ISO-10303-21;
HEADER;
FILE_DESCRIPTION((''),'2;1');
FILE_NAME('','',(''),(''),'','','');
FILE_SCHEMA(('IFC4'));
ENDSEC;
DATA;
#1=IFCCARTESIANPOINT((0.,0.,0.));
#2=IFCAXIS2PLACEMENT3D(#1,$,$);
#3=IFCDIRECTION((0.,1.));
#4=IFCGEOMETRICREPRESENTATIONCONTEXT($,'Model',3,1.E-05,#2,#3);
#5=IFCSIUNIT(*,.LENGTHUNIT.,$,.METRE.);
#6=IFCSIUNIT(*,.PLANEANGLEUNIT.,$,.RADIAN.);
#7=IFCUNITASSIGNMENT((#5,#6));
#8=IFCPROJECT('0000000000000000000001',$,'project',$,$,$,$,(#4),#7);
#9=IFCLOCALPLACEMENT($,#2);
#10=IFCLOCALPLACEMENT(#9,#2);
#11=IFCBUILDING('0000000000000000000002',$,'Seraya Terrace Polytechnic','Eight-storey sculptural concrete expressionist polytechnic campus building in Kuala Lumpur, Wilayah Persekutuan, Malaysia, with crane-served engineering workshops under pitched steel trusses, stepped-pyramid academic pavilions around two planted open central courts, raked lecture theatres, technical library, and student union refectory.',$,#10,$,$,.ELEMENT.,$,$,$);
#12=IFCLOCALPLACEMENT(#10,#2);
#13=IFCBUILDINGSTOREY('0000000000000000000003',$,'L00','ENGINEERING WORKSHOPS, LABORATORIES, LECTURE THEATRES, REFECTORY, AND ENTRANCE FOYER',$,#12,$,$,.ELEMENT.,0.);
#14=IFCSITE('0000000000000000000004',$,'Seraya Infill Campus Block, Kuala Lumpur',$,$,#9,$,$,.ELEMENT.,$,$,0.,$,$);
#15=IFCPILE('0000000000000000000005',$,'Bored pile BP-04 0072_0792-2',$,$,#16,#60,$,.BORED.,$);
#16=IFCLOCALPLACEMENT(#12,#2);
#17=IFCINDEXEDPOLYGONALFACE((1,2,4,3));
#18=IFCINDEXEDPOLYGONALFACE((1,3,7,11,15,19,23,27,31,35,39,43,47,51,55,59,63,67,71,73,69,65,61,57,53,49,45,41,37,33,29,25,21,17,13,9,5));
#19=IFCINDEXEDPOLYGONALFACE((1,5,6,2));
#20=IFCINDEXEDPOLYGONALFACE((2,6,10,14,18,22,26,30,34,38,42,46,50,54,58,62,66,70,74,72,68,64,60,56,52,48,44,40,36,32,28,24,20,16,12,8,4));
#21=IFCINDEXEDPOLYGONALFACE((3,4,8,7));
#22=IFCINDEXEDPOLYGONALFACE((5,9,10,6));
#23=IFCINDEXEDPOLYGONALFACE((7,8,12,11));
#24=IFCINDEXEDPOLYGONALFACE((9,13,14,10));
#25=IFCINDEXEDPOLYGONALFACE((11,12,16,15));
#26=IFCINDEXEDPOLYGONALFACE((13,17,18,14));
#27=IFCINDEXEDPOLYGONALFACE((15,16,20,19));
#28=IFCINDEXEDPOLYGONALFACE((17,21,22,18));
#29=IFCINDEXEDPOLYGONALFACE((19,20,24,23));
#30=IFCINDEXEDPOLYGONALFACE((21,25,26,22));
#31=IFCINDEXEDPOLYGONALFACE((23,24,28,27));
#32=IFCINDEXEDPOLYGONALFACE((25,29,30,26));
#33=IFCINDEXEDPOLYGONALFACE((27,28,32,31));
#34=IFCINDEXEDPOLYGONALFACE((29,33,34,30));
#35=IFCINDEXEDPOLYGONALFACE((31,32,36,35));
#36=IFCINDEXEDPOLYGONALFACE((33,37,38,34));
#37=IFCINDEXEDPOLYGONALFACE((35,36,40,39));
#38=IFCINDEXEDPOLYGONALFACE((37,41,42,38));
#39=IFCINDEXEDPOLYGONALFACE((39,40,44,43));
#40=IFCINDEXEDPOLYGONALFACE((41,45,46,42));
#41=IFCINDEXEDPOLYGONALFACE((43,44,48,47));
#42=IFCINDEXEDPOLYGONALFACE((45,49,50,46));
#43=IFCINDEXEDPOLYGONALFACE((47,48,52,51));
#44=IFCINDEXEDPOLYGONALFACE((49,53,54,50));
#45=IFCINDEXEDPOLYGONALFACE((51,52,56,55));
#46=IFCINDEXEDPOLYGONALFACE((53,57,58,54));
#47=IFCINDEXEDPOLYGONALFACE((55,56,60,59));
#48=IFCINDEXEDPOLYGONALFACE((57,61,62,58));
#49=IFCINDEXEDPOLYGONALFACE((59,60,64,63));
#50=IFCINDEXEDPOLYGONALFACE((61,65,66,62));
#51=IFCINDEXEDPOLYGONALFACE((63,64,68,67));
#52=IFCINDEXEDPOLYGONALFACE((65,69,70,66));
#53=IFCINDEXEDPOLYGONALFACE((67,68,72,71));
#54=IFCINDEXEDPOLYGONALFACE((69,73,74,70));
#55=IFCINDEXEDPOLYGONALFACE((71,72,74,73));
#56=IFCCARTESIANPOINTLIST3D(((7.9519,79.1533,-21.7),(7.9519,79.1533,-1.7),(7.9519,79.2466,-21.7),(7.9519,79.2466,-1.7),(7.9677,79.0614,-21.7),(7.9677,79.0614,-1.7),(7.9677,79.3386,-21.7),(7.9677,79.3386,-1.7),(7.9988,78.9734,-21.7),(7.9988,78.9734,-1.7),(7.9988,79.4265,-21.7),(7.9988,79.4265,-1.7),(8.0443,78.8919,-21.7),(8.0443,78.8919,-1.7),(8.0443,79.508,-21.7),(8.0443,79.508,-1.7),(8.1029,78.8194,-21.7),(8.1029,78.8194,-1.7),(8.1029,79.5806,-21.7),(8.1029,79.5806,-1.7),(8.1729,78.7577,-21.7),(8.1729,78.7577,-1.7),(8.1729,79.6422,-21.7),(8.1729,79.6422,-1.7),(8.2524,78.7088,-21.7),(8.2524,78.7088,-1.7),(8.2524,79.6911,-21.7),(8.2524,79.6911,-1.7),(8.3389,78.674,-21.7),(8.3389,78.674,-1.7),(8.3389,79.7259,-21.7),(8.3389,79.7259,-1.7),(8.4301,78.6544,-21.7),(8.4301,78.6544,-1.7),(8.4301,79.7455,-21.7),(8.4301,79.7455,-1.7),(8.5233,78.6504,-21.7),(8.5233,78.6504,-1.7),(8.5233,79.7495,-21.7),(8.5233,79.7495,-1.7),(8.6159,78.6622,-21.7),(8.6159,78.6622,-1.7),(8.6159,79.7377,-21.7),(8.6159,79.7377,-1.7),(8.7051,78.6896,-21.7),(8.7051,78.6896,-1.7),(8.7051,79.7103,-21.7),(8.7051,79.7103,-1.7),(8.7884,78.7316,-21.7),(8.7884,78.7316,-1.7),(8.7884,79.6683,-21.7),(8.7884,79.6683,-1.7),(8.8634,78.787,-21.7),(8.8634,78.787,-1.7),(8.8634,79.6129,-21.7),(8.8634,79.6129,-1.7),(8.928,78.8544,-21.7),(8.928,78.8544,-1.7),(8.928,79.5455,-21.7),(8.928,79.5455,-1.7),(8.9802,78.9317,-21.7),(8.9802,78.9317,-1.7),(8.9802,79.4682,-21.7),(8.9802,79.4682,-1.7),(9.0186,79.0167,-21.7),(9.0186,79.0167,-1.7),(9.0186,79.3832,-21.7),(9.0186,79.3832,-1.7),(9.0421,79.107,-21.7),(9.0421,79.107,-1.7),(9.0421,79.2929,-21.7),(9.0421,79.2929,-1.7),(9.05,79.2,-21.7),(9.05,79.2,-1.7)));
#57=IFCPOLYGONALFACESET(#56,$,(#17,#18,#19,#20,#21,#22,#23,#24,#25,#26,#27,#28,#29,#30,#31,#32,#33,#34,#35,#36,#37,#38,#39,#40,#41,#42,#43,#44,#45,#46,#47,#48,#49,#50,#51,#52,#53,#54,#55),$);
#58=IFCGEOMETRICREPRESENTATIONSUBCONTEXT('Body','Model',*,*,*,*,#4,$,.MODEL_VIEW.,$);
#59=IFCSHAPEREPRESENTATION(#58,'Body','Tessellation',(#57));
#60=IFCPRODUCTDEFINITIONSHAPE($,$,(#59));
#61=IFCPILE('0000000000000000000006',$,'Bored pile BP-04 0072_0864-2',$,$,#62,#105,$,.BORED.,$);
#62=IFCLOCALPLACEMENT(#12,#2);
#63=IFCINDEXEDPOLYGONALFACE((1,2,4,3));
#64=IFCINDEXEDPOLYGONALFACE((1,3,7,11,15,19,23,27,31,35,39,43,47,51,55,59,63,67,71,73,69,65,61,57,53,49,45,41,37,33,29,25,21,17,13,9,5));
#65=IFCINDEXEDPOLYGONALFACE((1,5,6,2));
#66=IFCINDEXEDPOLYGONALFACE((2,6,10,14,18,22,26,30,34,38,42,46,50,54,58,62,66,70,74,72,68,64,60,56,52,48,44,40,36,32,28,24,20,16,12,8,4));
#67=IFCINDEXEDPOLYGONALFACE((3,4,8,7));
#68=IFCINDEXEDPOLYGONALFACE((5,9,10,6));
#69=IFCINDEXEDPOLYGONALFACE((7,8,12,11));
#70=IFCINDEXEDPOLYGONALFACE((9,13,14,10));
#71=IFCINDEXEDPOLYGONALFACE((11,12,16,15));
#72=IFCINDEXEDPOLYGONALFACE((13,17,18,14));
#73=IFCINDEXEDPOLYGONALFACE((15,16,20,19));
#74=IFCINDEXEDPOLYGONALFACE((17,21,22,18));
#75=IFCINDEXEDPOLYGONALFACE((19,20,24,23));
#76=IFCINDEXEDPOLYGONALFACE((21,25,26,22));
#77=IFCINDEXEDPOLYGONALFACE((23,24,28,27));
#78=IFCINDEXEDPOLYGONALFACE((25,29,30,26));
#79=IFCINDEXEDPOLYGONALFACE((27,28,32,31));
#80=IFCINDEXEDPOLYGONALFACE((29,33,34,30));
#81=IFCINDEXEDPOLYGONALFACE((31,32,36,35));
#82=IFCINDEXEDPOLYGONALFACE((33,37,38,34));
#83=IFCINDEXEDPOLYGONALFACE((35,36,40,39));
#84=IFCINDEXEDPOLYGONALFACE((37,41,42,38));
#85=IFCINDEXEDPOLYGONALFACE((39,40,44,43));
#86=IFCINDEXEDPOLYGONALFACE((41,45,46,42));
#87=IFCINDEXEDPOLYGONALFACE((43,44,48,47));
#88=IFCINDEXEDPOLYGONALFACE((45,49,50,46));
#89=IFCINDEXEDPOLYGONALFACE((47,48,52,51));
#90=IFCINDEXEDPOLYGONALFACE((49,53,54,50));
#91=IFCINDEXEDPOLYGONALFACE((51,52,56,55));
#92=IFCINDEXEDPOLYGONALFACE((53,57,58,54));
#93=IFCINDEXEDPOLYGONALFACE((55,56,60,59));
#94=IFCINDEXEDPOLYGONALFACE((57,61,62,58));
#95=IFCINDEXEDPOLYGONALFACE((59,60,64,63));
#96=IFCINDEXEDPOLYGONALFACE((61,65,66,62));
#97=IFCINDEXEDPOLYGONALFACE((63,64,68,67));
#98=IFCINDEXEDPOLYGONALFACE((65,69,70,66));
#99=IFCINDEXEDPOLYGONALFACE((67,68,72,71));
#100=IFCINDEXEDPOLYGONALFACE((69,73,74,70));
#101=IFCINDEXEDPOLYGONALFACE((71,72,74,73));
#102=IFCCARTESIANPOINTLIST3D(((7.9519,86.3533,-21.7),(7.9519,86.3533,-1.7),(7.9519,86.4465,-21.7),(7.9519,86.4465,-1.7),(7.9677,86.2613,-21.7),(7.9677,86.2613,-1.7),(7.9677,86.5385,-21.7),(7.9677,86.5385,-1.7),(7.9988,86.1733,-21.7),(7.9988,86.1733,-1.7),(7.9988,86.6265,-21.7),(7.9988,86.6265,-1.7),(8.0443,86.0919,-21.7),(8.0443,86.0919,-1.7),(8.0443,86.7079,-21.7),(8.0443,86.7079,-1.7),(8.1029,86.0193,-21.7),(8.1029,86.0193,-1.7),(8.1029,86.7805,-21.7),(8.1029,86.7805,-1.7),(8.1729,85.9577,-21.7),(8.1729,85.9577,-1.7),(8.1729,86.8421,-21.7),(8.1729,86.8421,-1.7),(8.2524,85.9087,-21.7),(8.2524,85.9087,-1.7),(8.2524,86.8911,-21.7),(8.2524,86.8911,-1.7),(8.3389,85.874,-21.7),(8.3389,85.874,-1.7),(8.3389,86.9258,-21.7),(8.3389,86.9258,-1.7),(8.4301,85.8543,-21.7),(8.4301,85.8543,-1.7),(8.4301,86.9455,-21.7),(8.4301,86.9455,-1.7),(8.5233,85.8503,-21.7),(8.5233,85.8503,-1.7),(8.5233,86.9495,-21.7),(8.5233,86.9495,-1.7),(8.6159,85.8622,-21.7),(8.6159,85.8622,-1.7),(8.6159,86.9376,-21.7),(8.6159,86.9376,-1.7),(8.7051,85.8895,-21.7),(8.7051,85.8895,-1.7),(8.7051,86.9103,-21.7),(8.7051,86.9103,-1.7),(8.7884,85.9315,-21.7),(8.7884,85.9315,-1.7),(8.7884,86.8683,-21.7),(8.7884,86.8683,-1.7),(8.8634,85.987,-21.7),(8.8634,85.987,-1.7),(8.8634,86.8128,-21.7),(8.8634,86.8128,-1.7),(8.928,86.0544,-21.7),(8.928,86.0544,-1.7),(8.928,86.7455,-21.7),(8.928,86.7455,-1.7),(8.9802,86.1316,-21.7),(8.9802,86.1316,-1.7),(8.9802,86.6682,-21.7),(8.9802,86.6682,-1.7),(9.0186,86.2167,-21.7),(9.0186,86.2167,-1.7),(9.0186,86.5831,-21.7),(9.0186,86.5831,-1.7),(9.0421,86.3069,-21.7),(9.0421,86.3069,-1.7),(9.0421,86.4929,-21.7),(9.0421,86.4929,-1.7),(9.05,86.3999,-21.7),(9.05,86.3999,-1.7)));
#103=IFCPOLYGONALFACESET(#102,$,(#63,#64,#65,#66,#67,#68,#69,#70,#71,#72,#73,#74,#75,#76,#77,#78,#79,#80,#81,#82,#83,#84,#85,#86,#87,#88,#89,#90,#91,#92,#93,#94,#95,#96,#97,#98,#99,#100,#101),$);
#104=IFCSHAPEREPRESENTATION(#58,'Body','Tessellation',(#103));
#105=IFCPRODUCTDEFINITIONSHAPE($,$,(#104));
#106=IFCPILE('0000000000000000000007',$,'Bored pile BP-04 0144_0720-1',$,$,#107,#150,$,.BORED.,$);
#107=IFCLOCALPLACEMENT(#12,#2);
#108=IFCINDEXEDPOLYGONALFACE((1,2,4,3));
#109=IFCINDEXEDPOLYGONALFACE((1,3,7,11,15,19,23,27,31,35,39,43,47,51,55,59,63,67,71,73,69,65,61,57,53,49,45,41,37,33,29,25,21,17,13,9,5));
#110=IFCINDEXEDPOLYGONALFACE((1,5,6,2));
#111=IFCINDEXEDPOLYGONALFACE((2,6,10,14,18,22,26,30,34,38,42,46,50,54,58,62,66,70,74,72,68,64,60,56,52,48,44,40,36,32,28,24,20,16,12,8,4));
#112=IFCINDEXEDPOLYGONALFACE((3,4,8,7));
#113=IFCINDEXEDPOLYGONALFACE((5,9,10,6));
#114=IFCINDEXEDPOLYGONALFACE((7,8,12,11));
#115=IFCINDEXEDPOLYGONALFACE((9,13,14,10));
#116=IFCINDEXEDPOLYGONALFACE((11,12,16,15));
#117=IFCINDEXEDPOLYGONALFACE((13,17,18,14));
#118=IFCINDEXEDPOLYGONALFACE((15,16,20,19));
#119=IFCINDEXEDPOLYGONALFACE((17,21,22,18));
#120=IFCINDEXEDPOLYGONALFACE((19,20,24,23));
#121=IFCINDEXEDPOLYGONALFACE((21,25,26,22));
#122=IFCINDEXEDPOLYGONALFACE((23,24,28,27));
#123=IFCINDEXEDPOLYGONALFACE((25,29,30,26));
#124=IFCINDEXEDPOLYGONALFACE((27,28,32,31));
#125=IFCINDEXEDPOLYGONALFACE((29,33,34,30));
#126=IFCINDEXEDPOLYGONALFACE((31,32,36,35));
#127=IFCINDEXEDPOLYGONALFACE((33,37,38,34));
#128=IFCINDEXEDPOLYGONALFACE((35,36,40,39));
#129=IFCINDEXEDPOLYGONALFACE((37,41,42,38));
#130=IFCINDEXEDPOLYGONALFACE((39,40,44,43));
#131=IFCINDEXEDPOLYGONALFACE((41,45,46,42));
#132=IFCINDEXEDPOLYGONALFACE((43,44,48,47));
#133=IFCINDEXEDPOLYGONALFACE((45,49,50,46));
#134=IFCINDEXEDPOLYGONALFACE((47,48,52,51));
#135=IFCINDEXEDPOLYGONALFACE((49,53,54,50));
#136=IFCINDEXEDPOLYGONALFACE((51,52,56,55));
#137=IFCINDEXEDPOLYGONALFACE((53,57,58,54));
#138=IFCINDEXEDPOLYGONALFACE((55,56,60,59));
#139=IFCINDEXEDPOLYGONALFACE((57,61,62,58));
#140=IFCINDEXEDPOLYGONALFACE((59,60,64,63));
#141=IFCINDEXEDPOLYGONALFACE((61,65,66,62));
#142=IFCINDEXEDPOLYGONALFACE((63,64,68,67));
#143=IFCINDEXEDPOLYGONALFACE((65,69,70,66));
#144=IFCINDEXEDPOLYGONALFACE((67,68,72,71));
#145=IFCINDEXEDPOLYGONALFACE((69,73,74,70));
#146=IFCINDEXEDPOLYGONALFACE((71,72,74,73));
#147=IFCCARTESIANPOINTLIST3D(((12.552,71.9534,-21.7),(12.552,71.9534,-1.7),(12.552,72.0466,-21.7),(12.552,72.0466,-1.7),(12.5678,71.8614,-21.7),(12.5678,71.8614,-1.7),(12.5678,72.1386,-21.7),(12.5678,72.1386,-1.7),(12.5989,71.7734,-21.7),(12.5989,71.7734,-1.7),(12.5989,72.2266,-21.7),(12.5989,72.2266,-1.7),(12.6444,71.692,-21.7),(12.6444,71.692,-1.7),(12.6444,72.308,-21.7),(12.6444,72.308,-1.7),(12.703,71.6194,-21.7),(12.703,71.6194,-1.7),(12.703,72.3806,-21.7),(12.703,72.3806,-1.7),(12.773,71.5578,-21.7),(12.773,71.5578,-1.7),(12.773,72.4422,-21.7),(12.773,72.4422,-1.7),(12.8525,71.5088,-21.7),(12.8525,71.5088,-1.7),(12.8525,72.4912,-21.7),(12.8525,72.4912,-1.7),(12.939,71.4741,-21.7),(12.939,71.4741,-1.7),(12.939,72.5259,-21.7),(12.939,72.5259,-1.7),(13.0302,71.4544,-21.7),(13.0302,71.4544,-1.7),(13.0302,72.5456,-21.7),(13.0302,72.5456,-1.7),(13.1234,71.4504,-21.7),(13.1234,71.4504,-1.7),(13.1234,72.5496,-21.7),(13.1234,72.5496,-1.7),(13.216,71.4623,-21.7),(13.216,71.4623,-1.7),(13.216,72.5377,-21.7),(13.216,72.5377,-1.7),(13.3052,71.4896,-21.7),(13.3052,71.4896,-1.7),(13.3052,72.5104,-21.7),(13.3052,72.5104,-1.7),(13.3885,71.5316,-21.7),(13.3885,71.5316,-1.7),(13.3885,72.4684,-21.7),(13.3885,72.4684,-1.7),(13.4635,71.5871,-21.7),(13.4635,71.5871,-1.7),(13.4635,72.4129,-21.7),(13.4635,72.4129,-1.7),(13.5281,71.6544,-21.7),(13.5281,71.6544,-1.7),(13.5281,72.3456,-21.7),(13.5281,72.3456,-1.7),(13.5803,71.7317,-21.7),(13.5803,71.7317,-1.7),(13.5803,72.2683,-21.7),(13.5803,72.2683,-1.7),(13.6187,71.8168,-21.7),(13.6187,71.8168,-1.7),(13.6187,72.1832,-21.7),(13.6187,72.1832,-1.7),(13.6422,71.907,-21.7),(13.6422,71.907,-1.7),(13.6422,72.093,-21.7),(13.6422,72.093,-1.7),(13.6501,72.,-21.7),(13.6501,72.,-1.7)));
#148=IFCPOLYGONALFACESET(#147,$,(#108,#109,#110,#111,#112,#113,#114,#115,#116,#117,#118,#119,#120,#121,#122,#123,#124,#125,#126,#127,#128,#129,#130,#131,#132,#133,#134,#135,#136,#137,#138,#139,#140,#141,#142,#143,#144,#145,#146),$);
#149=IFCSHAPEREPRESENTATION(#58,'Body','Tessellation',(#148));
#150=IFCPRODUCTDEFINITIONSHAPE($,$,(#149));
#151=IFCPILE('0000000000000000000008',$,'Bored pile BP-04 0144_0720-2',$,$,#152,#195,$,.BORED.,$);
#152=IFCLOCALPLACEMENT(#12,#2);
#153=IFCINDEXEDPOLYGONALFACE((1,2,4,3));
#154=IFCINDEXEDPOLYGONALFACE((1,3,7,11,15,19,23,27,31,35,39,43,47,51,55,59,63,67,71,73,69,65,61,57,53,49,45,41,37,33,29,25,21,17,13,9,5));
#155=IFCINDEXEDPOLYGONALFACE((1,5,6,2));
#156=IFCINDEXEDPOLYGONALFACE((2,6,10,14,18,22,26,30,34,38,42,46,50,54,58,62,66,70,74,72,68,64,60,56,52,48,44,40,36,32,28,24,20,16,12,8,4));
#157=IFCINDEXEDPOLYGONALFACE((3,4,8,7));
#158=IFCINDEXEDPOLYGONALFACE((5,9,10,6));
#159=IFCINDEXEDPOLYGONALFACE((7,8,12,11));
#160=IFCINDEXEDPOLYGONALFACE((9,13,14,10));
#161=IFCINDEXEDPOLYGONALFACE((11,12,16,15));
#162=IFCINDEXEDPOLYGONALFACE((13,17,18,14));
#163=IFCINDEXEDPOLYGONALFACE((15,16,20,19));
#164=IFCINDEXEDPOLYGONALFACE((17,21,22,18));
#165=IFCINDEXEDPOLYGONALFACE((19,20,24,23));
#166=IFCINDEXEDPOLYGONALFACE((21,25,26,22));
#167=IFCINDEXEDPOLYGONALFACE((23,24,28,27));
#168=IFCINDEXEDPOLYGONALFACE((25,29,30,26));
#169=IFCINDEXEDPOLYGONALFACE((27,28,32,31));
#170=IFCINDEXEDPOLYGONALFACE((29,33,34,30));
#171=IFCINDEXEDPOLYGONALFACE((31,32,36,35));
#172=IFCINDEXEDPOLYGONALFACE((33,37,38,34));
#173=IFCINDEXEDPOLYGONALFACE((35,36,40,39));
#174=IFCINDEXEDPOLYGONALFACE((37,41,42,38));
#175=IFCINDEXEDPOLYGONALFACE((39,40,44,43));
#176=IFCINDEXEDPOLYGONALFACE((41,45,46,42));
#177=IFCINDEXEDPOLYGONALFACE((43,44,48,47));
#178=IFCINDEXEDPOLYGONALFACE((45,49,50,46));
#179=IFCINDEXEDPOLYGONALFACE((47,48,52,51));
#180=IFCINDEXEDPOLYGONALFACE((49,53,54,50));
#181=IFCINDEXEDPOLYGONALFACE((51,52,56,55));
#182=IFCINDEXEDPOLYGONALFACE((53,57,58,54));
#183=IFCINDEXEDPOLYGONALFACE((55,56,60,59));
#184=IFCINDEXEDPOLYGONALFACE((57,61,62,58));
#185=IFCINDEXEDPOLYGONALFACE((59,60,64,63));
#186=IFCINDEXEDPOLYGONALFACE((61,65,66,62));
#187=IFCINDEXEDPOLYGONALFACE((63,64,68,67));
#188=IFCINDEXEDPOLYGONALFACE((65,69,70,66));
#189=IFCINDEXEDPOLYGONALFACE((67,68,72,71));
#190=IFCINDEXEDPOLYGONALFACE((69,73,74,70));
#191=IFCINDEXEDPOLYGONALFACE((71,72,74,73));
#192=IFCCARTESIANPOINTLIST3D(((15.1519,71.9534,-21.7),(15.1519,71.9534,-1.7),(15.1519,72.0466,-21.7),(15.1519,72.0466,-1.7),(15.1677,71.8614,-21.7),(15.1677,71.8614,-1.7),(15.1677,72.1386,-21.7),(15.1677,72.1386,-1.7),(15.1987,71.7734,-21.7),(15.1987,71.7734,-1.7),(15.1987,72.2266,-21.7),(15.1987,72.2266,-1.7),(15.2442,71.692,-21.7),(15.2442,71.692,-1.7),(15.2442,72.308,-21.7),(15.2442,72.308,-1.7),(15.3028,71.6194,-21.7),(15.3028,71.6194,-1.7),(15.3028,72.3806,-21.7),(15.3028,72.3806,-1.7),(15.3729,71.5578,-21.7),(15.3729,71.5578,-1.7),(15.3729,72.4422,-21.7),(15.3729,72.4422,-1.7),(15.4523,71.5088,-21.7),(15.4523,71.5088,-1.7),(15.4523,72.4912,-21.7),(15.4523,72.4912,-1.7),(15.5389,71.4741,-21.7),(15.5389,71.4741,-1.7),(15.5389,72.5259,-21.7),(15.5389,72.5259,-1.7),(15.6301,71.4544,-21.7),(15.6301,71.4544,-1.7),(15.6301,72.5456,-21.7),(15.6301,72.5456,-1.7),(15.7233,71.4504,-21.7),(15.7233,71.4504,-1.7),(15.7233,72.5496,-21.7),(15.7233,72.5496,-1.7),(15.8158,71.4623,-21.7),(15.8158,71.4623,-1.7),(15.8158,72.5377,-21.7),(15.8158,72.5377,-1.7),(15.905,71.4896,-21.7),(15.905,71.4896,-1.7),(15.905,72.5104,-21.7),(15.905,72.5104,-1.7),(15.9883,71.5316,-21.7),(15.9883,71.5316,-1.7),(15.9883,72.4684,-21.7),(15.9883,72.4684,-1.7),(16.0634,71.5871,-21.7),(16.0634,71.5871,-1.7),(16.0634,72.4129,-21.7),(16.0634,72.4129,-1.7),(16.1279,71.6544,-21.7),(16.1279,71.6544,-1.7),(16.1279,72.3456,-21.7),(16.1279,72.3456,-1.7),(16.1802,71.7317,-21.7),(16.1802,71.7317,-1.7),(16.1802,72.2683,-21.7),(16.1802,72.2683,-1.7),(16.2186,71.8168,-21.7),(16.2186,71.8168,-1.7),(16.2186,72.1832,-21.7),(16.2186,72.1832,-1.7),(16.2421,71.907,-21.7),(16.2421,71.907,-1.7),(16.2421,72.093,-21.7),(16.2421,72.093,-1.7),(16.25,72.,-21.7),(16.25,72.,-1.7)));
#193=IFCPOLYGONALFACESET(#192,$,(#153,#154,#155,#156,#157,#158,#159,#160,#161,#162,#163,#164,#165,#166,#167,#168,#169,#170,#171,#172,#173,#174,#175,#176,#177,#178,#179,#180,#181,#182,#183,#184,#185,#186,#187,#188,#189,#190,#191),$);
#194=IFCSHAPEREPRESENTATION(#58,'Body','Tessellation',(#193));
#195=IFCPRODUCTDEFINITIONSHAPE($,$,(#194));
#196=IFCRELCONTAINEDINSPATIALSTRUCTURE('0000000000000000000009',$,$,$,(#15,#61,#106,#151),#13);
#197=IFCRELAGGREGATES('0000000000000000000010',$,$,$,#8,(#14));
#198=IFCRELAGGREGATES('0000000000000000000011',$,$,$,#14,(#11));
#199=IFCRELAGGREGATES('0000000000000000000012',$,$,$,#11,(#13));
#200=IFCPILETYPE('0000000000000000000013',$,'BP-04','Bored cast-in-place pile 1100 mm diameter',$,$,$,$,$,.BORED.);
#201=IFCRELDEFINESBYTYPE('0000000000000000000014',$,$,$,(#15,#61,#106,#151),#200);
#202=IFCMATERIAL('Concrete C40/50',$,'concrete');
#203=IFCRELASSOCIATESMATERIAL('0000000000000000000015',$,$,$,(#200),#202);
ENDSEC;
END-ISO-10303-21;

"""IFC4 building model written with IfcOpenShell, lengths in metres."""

from ifc_helpers import new_model, si_unit, direction, frame, origin, origin_2d, place, context, subcontext, project, spatial, circle, extrude, material, material_profile, profile_set, type_object, element, save


model = new_model("IFC4")

# Units and contexts
model_context = context("Model", 3, precision=1e-05, world=origin(), true_north=direction((0.0, 1.0)))
body_context = subcontext(model_context, "Body", "Model", "MODEL_VIEW")
ifc_project = project(units=[si_unit("LENGTHUNIT", "METRE"), si_unit("PLANEANGLEUNIT", "RADIAN")], contexts=[model_context])

# Site, building, storey
site_placement = place(None, origin())
site = spatial("IfcSite", under=ifc_project, at=site_placement, Name="Seraya Infill Campus Block, Kuala Lumpur", CompositionType="ELEMENT", RefElevation=0.0)
building_placement = place(site_placement, origin())
building = spatial("IfcBuilding", under=site, at=building_placement, Name="Seraya Terrace Polytechnic", Description="Eight-storey sculptural concrete expressionist polytechnic campus building in Kuala Lumpur, Wilayah Persekutuan, Malaysia, with crane-served engineering workshops under pitched steel trusses, stepped-pyramid academic pavilions around two planted open central courts, raked lecture theatres, technical library, and student union refectory.", CompositionType="ELEMENT")
storey_placement = place(building_placement, origin())
storey = spatial("IfcBuildingStorey", under=building, at=storey_placement, Name="L00", Description="ENGINEERING WORKSHOPS, LABORATORIES, LECTURE THEATRES, REFECTORY, AND ENTRANCE FOYER", CompositionType="ELEMENT", Elevation=0.0)

# Piles
ifc_material_1 = material(Name="Concrete C40/50", Category="concrete")
ifc_material_profile_1 = material_profile(ifc_material_1, circle(Radius=0.55, at=origin_2d()), Name="DIA 1100")
ifc_profile_set_1 = profile_set([ifc_material_profile_1], Name="Concrete C40/50")
pile_type_1 = type_object("IfcPileType", Name="BP-04", Description="Bored cast-in-place pile 1100 mm diameter", PredefinedType="BORED", material=ifc_profile_set_1)
for number, where, z_axis, x_axis, name in (
    (1, (8.5, 79.2, -1.7), (0.0, 0.0, -1.0), (1.0, 0.0, 0.0), "Bored pile BP-04 0072_0792-2"),
    (2, (8.5, 86.3999, -1.7), (0.0, 0.0, -1.0), (1.0, 0.0, 0.0), "Bored pile BP-04 0072_0864-2"),
    (3, (13.1001, 72.0, -1.7), (0.0, 0.0, -1.0), (1.0, 0.0, 0.0), "Bored pile BP-04 0144_0720-1"),
    (4, (15.7, 72.0, -1.7), (0.0, 0.0, -1.0), (1.0, 0.0, 0.0), "Bored pile BP-04 0144_0720-2"),
):
    element("IfcPile", number, at=place(storey_placement, frame(where, z_axis=z_axis, x_axis=x_axis)), inside=storey, type_object=pile_type_1, Name=name, PredefinedType="BORED", context=body_context, shape_type="SweptSolid", body=[
        extrude(circle(Radius=0.55, at=origin_2d()), origin(), (0.0, 0.0, 1.0), 20.0),
    ])

save(model, "model.ifc")
